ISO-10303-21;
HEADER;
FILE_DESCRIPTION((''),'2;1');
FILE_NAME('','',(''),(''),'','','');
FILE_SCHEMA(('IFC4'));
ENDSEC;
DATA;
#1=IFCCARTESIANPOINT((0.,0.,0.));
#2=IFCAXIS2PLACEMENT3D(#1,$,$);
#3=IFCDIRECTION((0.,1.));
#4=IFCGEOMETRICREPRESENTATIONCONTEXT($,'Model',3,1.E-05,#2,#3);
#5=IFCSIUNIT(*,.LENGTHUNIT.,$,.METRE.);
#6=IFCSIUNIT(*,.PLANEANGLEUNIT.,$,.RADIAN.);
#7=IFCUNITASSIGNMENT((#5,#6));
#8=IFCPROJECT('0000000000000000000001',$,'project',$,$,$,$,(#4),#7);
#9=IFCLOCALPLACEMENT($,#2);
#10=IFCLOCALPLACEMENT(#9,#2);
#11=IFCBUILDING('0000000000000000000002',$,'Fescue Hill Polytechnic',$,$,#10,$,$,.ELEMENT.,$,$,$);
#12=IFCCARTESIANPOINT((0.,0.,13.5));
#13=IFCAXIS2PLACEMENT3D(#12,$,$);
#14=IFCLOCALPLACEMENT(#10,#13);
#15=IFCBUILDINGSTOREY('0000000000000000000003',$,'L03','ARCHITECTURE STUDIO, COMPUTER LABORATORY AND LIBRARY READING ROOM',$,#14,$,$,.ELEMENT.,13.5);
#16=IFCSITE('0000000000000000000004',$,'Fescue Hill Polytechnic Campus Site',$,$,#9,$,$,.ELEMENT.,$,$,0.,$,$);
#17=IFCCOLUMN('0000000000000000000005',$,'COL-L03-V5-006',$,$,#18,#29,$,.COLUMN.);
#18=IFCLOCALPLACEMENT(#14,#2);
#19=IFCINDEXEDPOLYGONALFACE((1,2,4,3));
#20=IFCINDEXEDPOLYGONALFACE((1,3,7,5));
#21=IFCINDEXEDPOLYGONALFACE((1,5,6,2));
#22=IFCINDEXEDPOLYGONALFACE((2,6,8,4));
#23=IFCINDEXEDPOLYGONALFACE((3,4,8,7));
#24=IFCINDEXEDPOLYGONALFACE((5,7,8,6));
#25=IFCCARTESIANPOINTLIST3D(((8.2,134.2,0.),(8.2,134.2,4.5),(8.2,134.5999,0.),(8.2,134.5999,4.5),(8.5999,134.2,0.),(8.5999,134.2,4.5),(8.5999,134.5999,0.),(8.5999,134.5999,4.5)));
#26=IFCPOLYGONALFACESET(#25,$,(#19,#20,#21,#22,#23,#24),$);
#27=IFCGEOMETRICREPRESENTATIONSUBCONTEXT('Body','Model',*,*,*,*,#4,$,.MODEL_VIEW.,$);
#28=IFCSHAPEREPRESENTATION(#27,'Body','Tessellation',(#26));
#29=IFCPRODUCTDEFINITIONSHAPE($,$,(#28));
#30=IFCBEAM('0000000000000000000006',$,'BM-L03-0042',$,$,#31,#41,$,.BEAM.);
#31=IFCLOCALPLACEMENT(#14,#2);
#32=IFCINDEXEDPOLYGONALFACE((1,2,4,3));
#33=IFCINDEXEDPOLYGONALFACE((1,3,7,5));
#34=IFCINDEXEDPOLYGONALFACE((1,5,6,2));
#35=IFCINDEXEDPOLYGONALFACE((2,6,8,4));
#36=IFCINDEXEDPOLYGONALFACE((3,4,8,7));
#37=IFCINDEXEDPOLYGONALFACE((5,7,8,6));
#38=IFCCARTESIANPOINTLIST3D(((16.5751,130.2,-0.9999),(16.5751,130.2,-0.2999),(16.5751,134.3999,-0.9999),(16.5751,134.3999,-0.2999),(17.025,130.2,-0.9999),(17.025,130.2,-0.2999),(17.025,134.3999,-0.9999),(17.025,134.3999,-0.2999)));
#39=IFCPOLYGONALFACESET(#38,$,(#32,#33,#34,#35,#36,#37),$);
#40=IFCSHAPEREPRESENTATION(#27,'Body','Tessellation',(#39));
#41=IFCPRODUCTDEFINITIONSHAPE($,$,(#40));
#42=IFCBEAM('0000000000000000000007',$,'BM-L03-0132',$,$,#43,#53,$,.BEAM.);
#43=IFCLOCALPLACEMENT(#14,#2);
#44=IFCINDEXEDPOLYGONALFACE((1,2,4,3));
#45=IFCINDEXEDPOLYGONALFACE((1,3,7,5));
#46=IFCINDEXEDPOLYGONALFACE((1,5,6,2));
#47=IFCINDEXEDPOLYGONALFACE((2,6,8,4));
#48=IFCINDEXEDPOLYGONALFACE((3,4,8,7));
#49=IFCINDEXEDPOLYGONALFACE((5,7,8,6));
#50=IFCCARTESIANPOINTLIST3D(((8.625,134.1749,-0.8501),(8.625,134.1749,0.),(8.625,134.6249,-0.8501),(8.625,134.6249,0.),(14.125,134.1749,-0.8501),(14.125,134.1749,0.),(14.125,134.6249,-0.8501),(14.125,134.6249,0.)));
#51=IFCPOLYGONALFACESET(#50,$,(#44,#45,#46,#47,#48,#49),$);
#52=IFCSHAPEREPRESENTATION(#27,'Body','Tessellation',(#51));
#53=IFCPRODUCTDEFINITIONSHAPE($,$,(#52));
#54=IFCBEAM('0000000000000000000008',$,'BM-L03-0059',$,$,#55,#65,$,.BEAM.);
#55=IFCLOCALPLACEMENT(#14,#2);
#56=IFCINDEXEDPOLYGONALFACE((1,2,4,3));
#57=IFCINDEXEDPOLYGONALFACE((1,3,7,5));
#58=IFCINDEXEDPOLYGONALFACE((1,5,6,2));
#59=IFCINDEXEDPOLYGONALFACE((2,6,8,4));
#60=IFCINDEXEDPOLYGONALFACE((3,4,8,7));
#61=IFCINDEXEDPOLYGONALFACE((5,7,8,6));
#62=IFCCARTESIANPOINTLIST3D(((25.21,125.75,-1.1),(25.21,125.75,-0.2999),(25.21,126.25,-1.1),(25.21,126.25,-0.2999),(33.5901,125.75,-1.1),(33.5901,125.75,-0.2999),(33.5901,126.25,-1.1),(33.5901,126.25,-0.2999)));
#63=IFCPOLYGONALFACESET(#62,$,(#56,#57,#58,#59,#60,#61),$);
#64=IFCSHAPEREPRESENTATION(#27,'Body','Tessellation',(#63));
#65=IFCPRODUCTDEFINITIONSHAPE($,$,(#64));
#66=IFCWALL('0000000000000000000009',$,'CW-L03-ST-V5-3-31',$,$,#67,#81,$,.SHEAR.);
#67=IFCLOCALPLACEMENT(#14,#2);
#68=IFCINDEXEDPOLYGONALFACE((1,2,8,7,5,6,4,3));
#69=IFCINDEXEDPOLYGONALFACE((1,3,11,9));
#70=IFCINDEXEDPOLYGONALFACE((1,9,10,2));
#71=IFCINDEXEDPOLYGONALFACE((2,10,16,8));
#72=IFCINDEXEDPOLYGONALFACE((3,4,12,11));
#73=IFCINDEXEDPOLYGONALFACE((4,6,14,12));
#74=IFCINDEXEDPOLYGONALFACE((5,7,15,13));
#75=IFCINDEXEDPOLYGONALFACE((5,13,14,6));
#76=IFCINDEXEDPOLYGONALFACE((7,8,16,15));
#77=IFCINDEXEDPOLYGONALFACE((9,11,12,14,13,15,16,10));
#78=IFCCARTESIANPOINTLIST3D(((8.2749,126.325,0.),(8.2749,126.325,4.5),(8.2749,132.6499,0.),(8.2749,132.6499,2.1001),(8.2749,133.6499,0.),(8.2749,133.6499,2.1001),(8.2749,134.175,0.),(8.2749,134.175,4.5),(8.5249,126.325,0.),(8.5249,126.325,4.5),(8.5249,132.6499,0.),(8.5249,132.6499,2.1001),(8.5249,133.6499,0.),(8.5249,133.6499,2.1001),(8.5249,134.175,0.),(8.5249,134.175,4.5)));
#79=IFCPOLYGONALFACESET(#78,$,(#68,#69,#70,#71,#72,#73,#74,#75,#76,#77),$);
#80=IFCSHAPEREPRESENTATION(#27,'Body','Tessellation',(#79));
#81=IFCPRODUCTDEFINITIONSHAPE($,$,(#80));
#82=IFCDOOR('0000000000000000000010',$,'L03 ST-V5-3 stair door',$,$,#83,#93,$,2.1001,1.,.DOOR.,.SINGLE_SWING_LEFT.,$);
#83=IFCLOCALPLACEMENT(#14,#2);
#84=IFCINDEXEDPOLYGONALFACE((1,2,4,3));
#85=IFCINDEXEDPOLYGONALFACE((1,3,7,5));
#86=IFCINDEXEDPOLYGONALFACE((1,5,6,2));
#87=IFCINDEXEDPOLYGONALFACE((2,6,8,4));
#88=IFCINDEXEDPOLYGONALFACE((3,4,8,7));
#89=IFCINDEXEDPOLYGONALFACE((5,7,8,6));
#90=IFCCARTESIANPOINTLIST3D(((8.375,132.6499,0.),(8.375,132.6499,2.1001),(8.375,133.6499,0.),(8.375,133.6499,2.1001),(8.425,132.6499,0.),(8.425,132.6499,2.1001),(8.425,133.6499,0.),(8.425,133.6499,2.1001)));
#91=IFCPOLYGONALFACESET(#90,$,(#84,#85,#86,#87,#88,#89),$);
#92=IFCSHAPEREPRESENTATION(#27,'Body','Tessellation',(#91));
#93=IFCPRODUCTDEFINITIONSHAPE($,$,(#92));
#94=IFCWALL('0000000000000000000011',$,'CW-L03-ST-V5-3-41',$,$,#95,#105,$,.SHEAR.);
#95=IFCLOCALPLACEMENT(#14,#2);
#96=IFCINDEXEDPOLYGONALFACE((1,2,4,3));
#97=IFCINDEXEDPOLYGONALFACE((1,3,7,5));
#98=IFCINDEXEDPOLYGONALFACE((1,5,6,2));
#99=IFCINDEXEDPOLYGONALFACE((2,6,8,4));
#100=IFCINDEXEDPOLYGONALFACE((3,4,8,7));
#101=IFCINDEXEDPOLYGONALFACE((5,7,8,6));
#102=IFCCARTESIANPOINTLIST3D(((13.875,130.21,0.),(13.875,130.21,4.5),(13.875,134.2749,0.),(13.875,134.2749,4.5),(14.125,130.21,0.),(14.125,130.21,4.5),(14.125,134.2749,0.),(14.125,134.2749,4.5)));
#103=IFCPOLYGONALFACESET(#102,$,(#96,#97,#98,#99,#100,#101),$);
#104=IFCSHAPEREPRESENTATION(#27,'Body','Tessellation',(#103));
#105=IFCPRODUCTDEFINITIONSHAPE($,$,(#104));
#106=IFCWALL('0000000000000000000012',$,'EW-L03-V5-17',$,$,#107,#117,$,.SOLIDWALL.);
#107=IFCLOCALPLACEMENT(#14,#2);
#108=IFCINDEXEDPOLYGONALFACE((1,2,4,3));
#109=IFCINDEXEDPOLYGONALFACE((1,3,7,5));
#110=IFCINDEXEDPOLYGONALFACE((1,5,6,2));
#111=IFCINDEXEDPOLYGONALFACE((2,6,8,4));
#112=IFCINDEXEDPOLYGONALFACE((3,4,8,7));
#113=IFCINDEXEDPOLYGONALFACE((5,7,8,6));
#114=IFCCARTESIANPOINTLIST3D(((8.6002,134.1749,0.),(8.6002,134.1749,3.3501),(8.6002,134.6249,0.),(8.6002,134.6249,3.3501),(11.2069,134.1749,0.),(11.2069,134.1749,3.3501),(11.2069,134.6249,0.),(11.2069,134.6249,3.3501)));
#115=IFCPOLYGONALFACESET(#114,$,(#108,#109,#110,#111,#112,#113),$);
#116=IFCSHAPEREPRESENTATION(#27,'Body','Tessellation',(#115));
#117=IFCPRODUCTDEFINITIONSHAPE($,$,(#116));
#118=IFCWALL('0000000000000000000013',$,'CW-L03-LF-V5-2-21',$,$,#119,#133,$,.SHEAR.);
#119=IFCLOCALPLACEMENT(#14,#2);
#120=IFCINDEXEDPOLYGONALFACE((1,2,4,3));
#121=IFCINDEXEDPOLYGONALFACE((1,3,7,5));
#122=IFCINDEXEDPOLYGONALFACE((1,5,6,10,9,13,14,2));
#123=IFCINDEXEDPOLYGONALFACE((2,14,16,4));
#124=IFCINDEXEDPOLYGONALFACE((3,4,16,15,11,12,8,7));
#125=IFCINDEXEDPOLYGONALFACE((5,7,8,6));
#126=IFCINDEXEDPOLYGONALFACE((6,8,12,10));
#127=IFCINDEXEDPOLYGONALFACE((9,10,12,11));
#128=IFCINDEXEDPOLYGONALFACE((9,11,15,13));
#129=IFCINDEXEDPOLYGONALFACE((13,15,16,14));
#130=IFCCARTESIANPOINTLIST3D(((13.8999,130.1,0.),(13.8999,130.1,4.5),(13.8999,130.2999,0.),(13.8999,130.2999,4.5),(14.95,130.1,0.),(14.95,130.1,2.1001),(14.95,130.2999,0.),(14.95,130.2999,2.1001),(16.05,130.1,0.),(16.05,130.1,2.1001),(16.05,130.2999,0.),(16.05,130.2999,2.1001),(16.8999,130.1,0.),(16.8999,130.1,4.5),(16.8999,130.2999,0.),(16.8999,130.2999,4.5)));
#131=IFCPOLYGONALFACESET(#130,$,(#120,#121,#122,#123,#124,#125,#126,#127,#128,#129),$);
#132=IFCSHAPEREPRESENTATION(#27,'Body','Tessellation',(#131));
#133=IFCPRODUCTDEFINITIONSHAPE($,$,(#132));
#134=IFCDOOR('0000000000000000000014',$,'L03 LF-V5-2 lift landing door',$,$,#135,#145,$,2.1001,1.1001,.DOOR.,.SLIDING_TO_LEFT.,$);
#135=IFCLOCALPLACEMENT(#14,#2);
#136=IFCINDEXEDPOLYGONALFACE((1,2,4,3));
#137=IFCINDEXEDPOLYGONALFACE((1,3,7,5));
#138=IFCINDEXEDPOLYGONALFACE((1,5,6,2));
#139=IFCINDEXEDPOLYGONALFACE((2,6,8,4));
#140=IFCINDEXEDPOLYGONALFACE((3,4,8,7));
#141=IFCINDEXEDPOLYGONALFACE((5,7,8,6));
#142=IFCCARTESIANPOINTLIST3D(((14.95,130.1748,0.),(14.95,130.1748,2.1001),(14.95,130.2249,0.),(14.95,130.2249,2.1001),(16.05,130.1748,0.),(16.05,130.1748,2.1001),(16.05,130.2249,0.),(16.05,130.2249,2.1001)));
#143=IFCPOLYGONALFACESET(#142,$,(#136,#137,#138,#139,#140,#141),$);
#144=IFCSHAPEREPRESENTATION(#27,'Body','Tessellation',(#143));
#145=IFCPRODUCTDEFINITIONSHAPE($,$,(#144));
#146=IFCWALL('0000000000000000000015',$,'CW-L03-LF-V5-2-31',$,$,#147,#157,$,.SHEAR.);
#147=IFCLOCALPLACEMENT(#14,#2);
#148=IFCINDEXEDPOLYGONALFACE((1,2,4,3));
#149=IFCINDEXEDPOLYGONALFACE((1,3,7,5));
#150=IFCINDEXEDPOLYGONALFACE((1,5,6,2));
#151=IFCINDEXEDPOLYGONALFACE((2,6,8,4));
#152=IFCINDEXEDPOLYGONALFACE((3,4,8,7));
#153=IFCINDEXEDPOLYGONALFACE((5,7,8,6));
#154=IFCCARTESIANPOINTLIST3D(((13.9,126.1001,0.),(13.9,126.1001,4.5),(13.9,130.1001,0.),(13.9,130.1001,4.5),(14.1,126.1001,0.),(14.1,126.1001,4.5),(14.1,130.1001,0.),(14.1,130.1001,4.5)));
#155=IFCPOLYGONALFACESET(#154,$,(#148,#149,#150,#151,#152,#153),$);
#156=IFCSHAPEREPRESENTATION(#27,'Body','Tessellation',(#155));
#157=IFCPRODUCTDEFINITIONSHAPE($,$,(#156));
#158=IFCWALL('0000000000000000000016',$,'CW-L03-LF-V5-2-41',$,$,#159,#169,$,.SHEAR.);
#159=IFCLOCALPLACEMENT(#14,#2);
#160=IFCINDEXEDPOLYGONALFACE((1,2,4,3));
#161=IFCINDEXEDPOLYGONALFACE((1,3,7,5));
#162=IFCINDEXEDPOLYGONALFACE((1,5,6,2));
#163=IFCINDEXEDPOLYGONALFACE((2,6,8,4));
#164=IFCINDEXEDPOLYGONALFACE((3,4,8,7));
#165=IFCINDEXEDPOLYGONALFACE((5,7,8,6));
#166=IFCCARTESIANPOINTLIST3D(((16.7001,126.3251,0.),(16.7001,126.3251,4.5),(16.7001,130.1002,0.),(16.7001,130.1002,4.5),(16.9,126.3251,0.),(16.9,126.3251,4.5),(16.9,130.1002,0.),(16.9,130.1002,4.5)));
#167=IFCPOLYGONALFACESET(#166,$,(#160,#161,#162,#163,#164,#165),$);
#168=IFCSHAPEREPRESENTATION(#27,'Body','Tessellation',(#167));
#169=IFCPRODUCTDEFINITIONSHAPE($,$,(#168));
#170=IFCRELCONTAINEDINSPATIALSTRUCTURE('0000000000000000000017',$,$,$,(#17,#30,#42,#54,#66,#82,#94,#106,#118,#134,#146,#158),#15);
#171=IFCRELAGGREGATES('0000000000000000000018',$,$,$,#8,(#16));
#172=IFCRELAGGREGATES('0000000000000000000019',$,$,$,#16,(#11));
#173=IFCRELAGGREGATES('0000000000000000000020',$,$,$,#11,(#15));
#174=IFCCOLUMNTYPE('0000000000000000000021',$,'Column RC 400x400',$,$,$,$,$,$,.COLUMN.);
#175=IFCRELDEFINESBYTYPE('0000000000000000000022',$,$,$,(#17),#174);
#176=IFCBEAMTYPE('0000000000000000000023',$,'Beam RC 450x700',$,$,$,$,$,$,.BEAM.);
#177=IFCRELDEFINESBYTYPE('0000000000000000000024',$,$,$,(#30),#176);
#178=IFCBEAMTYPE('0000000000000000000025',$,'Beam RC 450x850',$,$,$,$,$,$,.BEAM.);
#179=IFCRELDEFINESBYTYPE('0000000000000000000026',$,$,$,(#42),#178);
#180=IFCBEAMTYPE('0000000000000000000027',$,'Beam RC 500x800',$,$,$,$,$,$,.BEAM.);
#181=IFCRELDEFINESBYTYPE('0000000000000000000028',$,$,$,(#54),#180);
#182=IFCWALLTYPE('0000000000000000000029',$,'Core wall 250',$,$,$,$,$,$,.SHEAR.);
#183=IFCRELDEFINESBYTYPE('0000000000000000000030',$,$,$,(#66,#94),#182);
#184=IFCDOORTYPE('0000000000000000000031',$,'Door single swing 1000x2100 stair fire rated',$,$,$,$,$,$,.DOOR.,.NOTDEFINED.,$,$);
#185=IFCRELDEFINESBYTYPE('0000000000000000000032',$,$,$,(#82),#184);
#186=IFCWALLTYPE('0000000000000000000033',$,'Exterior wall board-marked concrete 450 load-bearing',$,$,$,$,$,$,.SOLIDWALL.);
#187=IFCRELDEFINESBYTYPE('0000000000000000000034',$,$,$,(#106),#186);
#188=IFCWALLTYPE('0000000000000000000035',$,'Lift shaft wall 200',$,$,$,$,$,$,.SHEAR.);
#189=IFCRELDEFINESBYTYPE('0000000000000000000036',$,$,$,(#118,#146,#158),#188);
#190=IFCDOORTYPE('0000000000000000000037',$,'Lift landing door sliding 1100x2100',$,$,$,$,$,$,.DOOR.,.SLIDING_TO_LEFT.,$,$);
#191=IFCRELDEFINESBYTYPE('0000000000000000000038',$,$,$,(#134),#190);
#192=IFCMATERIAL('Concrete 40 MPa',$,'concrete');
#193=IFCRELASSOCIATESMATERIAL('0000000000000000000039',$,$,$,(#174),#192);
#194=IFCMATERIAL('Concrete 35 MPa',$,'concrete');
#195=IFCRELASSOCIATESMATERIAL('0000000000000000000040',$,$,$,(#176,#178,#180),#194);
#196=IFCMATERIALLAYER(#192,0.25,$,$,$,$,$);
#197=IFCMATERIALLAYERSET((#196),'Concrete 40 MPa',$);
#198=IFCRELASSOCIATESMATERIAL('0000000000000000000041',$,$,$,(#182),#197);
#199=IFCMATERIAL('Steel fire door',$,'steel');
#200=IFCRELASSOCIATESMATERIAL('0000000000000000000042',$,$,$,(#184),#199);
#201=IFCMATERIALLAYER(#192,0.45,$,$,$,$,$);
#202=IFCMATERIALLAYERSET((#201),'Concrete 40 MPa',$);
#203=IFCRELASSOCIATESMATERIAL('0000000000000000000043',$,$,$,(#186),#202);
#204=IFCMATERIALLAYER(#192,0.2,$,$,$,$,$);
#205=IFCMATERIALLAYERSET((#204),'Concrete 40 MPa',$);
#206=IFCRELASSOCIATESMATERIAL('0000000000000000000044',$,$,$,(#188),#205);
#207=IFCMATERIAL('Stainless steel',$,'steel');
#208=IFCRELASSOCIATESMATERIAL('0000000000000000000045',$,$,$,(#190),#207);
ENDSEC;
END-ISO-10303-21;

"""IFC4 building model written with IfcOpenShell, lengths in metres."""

from ifc_helpers import new_model, si_unit, direction, frame, frame_2d, origin, origin_2d, place, context, subcontext, project, spatial, rectangle, extrude, material, layer, layer_set, material_profile, profile_set, type_object, element, fill, save


model = new_model("IFC4")

# Units and contexts
model_context = context("Model", 3, precision=1e-05, world=origin(), true_north=direction((0.0, 1.0)))
body_context = subcontext(model_context, "Body", "Model", "MODEL_VIEW")
ifc_project = project(units=[si_unit("LENGTHUNIT", "METRE"), si_unit("PLANEANGLEUNIT", "RADIAN")], contexts=[model_context])

# Site, building, storey
site_placement = place(None, origin())
site = spatial("IfcSite", under=ifc_project, at=site_placement, Name="Fescue Hill Polytechnic Campus Site", CompositionType="ELEMENT", RefElevation=0.0)
building_placement = place(site_placement, origin())
building = spatial("IfcBuilding", under=site, at=building_placement, Name="Fescue Hill Polytechnic", CompositionType="ELEMENT")
storey_placement = place(building_placement, frame((0.0, 0.0, 13.5)))
storey = spatial("IfcBuildingStorey", under=building, at=storey_placement, Name="L03", Description="ARCHITECTURE STUDIO, COMPUTER LABORATORY AND LIBRARY READING ROOM", CompositionType="ELEMENT", Elevation=13.5)

# Column
ifc_material_1 = material(Name="Concrete 40 MPa", Category="concrete")
ifc_material_profile_1 = material_profile(ifc_material_1, rectangle(XDim=0.3999, YDim=0.3999, at=origin_2d()), Name="RC 400x400")
ifc_profile_set_1 = profile_set([ifc_material_profile_1], Name="Concrete 40 MPa")
column_type = type_object("IfcColumnType", Name="Column RC 400x400", PredefinedType="COLUMN", material=ifc_profile_set_1)
column_placement = place(storey_placement, frame((8.3999, 134.3999, 0.0), z_axis=(0.0, 0.0, 1.0), x_axis=(1.0, 0.0, 0.0)))
element("IfcColumn", 1, at=column_placement, inside=storey, type_object=column_type, Name="COL-L03-V5-006", PredefinedType="COLUMN", context=body_context, shape_type="SweptSolid", body=[
    extrude(rectangle(XDim=0.3999, YDim=0.3999, at=origin_2d()), origin(), (0.0, 0.0, 1.0), 4.5),
])

# Beams
ifc_material_2 = material(Name="Concrete 35 MPa", Category="concrete")
ifc_material_profile_2 = material_profile(ifc_material_2, rectangle(XDim=0.45, YDim=0.7, at=origin_2d()), Name="RC 450x700")
ifc_profile_set_2 = profile_set([ifc_material_profile_2], Name="Concrete 35 MPa")
beam_type_1 = type_object("IfcBeamType", Name="Beam RC 450x700", PredefinedType="BEAM", material=ifc_profile_set_2)
beam_1_placement = place(storey_placement, frame((16.8, 130.2, -0.6499), z_axis=(0.0, 1.0, 0.0), x_axis=(-1.0, 0.0, 0.0)))
element("IfcBeam", 2, at=beam_1_placement, inside=storey, type_object=beam_type_1, Name="BM-L03-0042", PredefinedType="BEAM", context=body_context, shape_type="SweptSolid", body=[
    extrude(rectangle(XDim=0.45, YDim=0.7, at=origin_2d()), origin(), (0.0, 0.0, 1.0), 4.2),
])
ifc_material_profile_3 = material_profile(ifc_material_2, rectangle(XDim=0.45, YDim=0.8501, at=origin_2d()), Name="RC 450x850")
ifc_profile_set_3 = profile_set([ifc_material_profile_3], Name="Concrete 35 MPa")
beam_type_2 = type_object("IfcBeamType", Name="Beam RC 450x850", PredefinedType="BEAM", material=ifc_profile_set_3)
beam_2_placement = place(storey_placement, frame((8.625, 134.3999, -0.425), z_axis=(1.0, 0.0, 0.0), x_axis=(0.0, 1.0, 0.0)))
element("IfcBeam", 3, at=beam_2_placement, inside=storey, type_object=beam_type_2, Name="BM-L03-0132", PredefinedType="BEAM", context=body_context, shape_type="SweptSolid", body=[
    extrude(rectangle(XDim=0.45, YDim=0.8501, at=origin_2d()), origin(), (0.0, 0.0, 1.0), 5.5),
])
ifc_material_profile_4 = material_profile(ifc_material_2, rectangle(XDim=0.5, YDim=0.8, at=origin_2d()), Name="RC 500x800")
ifc_profile_set_4 = profile_set([ifc_material_profile_4], Name="Concrete 35 MPa")
beam_type_3 = type_object("IfcBeamType", Name="Beam RC 500x800", PredefinedType="BEAM", material=ifc_profile_set_4)
beam_3_placement = place(storey_placement, frame((25.21, 126.0, -0.7), z_axis=(1.0, 0.0, 0.0), x_axis=(0.0, 1.0, 0.0)))
element("IfcBeam", 4, at=beam_3_placement, inside=storey, type_object=beam_type_3, Name="BM-L03-0059", PredefinedType="BEAM", context=body_context, shape_type="SweptSolid", body=[
    extrude(rectangle(XDim=0.5, YDim=0.8, at=origin_2d()), origin(), (0.0, 0.0, 1.0), 8.3801),
])

# Wall, opening, door
ifc_layer_1 = layer(ifc_material_1, 0.25)
ifc_layer_set_1 = layer_set([ifc_layer_1], Name="Concrete 40 MPa")
wall_type_1 = type_object("IfcWallType", Name="Core wall 250", PredefinedType="SHEAR", material=ifc_layer_set_1)
wall_1_placement = place(storey_placement, frame((8.3999, 126.325, 0.0), z_axis=(0.0, 0.0, 1.0), x_axis=(0.0, 1.0, 0.0)))
wall_1 = element("IfcWall", 5, at=wall_1_placement, inside=storey, type_object=wall_type_1, Name="CW-L03-ST-V5-3-31", PredefinedType="SHEAR", context=body_context, shape_type="SweptSolid", body=[
    extrude(rectangle(XDim=7.8501, YDim=0.25, at=frame_2d((3.925, 0.0))), origin(), (0.0, 0.0, 1.0), 4.5),
])
opening_1_placement = place(wall_1_placement, frame((6.325, 0.0, 0.0)))
opening_1 = element("IfcOpeningElement", 6, at=opening_1_placement, cuts=wall_1, PredefinedType="OPENING", context=body_context, shape_type="SweptSolid", body=[
    extrude(rectangle(XDim=1.0, YDim=2.1001, at=frame_2d((0.5, 1.05))), frame((0.0, 0.135, 0.0), z_axis=(0.0, -1.0, 0.0), x_axis=(1.0, 0.0, 0.0)), (0.0, 0.0, 1.0), 0.27),
])
ifc_material_3 = material(Name="Steel fire door", Category="steel")
door_type_1 = type_object("IfcDoorType", Name="Door single swing 1000x2100 stair fire rated", OperationType="NOTDEFINED", PredefinedType="DOOR", material=ifc_material_3)
door_1_placement = place(opening_1_placement, origin())
door_1 = element("IfcDoor", 7, at=door_1_placement, inside=storey, type_object=door_type_1, Name="L03 ST-V5-3 stair door", OperationType="SINGLE_SWING_LEFT", OverallHeight=2.1001, OverallWidth=1.0, PredefinedType="DOOR", context=body_context, shape_type="SweptSolid", body=[
    extrude(rectangle(XDim=1.0, YDim=2.1001, at=frame_2d((0.5, 1.05))), frame((0.0, 0.0249, 0.0), z_axis=(0.0, -1.0, 0.0), x_axis=(1.0, 0.0, 0.0)), (0.0, 0.0, 1.0), 0.05),
])
fill(opening_1, door_1)

# Walls
wall_2_placement = place(storey_placement, frame((14.0, 130.21, 0.0), z_axis=(0.0, 0.0, 1.0), x_axis=(0.0, 1.0, 0.0)))
element("IfcWall", 8, at=wall_2_placement, inside=storey, type_object=wall_type_1, Name="CW-L03-ST-V5-3-41", PredefinedType="SHEAR", context=body_context, shape_type="SweptSolid", body=[
    extrude(rectangle(XDim=4.0649, YDim=0.25, at=frame_2d((2.0325, 0.0))), origin(), (0.0, 0.0, 1.0), 4.5),
])
ifc_layer_2 = layer(ifc_material_1, 0.45)
ifc_layer_set_2 = layer_set([ifc_layer_2], Name="Concrete 40 MPa")
wall_type_2 = type_object("IfcWallType", Name="Exterior wall board-marked concrete 450 load-bearing", PredefinedType="SOLIDWALL", material=ifc_layer_set_2)
wall_3_placement = place(storey_placement, frame((11.2068, 134.3999, 0.0), z_axis=(0.0, 0.0, 1.0), x_axis=(-1.0, 0.0, 0.0)))
element("IfcWall", 9, at=wall_3_placement, inside=storey, type_object=wall_type_2, Name="EW-L03-V5-17", PredefinedType="SOLIDWALL", context=body_context, shape_type="SweptSolid", body=[
    extrude(rectangle(XDim=2.6067, YDim=0.45, at=frame_2d((1.3032, 0.0))), origin(), (0.0, 0.0, 1.0), 3.3501),
])

# Wall, opening, door
ifc_layer_3 = layer(ifc_material_1, 0.2)
ifc_layer_set_3 = layer_set([ifc_layer_3], Name="Concrete 40 MPa")
wall_type_3 = type_object("IfcWallType", Name="Lift shaft wall 200", PredefinedType="SHEAR", material=ifc_layer_set_3)
wall_4_placement = place(storey_placement, frame((13.8999, 130.2, 0.0), z_axis=(0.0, 0.0, 1.0), x_axis=(1.0, 0.0, 0.0)))
wall_4 = element("IfcWall", 10, at=wall_4_placement, inside=storey, type_object=wall_type_3, Name="CW-L03-LF-V5-2-21", PredefinedType="SHEAR", context=body_context, shape_type="SweptSolid", body=[
    extrude(rectangle(XDim=3.0, YDim=0.2, at=frame_2d((1.5, 0.0))), origin(), (0.0, 0.0, 1.0), 4.5),
])
opening_2_placement = place(wall_4_placement, frame((1.05, 0.0, 0.0)))
opening_2 = element("IfcOpeningElement", 11, at=opening_2_placement, cuts=wall_4, PredefinedType="OPENING", context=body_context, shape_type="SweptSolid", body=[
    extrude(rectangle(XDim=1.1001, YDim=2.1001, at=frame_2d((0.55, 1.05))), frame((0.0, 0.1099, 0.0), z_axis=(0.0, -1.0, 0.0), x_axis=(1.0, 0.0, 0.0)), (0.0, 0.0, 1.0), 0.22),
])
ifc_material_4 = material(Name="Stainless steel", Category="steel")
door_type_2 = type_object("IfcDoorType", Name="Lift landing door sliding 1100x2100", OperationType="SLIDING_TO_LEFT", PredefinedType="DOOR", material=ifc_material_4)
door_2_placement = place(opening_2_placement, origin())
door_2 = element("IfcDoor", 12, at=door_2_placement, inside=storey, type_object=door_type_2, Name="L03 LF-V5-2 lift landing door", OperationType="SLIDING_TO_LEFT", OverallHeight=2.1001, OverallWidth=1.1001, PredefinedType="DOOR", context=body_context, shape_type="SweptSolid", body=[
    extrude(rectangle(XDim=1.1001, YDim=2.1001, at=frame_2d((0.55, 1.05))), frame((0.0, 0.0249, 0.0), z_axis=(0.0, -1.0, 0.0), x_axis=(1.0, 0.0, 0.0)), (0.0, 0.0, 1.0), 0.05),
])
fill(opening_2, door_2)

# Walls
wall_5_placement = place(storey_placement, frame((14.0, 126.1001, 0.0), z_axis=(0.0, 0.0, 1.0), x_axis=(0.0, 1.0, 0.0)))
element("IfcWall", 13, at=wall_5_placement, inside=storey, type_object=wall_type_3, Name="CW-L03-LF-V5-2-31", PredefinedType="SHEAR", context=body_context, shape_type="SweptSolid", body=[
    extrude(rectangle(XDim=4.0, YDim=0.2, at=frame_2d((2.0, 0.0))), origin(), (0.0, 0.0, 1.0), 4.5),
])
wall_6_placement = place(storey_placement, frame((16.8, 126.325, 0.0), z_axis=(0.0, 0.0, 1.0), x_axis=(0.0, 1.0, 0.0)))
element("IfcWall", 14, at=wall_6_placement, inside=storey, type_object=wall_type_3, Name="CW-L03-LF-V5-2-41", PredefinedType="SHEAR", context=body_context, shape_type="SweptSolid", body=[
    extrude(rectangle(XDim=3.7751, YDim=0.2, at=frame_2d((1.8877, 0.0))), origin(), (0.0, 0.0, 1.0), 4.5),
])

save(model, "model.ifc")
